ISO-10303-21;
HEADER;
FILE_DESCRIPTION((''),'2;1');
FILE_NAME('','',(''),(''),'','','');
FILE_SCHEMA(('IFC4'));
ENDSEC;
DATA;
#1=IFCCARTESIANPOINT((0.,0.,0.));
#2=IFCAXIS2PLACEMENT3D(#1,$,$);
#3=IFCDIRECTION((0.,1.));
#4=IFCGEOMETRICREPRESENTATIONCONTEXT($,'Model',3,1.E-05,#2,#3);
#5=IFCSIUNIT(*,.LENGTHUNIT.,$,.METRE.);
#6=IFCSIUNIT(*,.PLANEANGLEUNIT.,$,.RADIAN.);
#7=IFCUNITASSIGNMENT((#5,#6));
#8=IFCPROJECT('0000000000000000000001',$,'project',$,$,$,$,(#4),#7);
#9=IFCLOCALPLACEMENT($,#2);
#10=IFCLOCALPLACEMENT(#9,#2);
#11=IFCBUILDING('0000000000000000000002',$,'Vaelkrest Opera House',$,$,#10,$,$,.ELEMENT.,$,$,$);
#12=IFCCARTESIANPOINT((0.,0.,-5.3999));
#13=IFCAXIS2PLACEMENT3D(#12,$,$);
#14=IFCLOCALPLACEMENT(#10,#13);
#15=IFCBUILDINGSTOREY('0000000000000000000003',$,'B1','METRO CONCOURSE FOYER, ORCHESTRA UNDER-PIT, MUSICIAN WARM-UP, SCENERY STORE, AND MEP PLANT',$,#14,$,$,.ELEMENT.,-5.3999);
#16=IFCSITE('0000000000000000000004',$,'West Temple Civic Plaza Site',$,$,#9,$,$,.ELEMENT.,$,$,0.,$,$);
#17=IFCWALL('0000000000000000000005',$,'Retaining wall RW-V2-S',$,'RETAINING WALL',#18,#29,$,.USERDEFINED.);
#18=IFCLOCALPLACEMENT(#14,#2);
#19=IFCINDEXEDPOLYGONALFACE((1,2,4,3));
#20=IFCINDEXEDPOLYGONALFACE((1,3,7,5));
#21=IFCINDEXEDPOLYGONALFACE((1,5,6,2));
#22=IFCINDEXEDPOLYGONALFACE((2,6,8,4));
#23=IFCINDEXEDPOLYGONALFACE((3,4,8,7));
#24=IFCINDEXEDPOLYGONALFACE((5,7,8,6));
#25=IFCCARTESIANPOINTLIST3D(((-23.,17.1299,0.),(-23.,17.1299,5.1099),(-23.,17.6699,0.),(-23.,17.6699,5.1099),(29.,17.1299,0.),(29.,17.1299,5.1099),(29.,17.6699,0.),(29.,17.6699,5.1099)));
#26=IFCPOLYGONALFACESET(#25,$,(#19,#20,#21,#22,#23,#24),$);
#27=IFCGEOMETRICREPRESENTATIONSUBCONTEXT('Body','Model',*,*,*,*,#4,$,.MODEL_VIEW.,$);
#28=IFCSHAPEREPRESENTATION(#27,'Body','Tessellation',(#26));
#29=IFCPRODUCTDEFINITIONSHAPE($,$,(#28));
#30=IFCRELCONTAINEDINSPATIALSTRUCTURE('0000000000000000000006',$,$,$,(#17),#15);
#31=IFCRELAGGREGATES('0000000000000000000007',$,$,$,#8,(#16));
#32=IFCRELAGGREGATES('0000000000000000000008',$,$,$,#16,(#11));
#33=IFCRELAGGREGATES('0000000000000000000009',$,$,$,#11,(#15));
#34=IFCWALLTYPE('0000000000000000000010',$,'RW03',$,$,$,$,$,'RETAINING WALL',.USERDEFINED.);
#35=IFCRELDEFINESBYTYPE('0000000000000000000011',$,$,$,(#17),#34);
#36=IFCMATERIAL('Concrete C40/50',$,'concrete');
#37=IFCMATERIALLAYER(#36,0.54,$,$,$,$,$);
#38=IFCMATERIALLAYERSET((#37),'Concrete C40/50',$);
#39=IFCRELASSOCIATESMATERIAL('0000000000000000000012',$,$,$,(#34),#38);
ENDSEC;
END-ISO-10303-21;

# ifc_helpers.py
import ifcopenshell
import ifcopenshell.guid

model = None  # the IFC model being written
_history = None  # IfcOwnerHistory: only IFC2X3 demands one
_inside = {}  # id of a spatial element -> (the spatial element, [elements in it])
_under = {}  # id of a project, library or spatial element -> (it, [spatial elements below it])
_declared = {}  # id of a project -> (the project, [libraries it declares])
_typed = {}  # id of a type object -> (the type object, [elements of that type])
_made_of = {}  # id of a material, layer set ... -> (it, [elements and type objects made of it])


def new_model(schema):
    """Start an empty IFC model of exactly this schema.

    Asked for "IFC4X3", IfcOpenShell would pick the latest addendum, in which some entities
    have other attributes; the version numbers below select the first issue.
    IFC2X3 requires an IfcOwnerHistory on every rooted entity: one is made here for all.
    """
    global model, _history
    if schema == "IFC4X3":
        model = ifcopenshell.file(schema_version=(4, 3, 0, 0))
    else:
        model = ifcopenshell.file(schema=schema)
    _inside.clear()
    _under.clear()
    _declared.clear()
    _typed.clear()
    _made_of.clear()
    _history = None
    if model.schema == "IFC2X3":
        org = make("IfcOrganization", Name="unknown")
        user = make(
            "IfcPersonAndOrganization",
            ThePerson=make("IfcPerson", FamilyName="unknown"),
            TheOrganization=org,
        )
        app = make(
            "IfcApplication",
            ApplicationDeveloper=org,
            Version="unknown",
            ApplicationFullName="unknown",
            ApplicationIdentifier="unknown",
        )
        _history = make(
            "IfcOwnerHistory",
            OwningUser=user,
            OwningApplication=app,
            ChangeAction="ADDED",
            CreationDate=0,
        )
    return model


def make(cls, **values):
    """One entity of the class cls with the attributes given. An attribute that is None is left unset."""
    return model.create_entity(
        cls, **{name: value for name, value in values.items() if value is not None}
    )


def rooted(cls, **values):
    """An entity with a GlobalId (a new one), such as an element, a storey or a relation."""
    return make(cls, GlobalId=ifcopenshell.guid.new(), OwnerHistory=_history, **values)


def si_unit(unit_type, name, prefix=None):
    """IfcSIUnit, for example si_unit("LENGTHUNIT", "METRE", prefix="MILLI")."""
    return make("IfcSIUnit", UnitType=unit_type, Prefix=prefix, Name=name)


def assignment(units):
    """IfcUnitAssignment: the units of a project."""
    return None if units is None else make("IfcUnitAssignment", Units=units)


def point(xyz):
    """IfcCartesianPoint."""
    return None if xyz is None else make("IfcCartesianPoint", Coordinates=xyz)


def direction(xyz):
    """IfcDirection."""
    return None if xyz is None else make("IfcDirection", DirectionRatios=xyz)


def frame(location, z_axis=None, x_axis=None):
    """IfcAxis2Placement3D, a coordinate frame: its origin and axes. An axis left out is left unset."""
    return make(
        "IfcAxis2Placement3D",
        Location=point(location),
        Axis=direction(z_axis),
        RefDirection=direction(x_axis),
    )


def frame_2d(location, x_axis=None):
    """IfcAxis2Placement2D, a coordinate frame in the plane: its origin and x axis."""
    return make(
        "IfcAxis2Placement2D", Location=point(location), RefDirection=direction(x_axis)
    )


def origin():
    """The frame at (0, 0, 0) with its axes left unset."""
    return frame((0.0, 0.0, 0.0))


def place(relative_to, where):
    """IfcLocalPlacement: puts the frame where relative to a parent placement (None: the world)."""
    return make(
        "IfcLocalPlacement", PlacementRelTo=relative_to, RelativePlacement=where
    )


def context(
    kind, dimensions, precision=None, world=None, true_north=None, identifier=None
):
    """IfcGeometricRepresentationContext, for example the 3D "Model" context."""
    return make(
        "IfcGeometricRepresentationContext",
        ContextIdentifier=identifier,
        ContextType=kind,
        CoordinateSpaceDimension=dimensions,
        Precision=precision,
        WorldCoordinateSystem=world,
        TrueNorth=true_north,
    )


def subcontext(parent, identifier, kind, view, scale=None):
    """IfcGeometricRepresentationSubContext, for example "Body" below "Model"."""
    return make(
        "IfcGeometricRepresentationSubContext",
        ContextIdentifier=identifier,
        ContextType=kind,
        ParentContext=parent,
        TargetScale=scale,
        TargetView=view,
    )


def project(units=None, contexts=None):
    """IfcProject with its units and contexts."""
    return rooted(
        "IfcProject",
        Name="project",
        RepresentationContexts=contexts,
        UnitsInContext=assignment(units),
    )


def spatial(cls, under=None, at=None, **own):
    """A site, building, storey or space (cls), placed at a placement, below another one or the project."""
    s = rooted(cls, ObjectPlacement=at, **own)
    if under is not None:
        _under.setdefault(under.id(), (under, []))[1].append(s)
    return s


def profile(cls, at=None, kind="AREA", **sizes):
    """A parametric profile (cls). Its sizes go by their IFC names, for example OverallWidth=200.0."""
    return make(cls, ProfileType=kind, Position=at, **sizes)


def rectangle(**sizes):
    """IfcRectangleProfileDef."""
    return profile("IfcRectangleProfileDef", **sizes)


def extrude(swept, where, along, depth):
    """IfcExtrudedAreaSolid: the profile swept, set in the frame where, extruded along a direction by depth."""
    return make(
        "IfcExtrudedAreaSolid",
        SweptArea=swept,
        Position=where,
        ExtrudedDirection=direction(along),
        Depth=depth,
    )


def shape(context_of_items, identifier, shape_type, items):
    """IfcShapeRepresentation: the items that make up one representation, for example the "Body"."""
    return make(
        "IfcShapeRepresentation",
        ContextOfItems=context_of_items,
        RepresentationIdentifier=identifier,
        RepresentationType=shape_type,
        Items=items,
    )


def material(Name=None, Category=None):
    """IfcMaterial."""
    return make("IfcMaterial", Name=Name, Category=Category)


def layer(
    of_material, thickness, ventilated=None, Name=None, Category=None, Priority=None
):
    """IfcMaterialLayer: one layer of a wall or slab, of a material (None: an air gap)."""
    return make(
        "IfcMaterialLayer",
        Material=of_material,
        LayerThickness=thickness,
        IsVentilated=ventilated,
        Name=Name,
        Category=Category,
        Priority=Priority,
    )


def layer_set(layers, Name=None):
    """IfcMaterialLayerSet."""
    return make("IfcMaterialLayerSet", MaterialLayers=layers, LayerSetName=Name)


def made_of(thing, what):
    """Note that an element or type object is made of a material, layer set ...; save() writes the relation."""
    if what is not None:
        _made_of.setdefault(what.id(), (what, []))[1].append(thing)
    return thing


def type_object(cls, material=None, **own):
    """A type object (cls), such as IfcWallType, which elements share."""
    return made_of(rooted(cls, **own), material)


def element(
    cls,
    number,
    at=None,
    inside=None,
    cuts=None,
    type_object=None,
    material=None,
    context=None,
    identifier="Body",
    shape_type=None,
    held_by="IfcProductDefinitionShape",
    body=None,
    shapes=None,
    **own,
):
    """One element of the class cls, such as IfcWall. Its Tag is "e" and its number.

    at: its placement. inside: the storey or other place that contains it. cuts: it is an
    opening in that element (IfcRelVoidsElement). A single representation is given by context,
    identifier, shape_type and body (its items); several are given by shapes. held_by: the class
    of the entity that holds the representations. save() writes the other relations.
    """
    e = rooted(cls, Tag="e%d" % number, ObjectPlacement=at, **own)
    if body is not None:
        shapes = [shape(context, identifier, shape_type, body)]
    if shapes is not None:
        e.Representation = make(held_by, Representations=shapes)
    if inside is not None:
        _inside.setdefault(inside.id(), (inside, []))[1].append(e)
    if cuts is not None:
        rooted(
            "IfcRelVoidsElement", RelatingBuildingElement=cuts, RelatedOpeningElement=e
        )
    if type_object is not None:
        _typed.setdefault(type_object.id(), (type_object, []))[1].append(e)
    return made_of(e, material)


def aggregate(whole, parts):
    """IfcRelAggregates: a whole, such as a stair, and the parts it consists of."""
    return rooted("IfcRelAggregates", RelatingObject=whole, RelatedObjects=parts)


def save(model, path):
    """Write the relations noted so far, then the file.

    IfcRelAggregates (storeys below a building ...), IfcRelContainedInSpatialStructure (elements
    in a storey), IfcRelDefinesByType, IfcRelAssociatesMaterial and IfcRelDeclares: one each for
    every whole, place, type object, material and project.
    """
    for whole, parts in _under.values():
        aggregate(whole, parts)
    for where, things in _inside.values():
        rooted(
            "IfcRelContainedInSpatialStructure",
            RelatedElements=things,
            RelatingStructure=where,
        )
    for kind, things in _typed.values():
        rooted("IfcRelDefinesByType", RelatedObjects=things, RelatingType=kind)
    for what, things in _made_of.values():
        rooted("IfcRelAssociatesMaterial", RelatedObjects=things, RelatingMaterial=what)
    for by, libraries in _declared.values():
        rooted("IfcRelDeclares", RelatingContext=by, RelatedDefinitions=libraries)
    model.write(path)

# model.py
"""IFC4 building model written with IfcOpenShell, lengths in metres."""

from ifc_helpers import new_model, si_unit, direction, frame, frame_2d, origin, place, context, subcontext, project, spatial, rectangle, extrude, material, layer, layer_set, type_object, element, save


model = new_model("IFC4")

# Units and contexts
model_context = context("Model", 3, precision=1e-05, world=origin(), true_north=direction((0.0, 1.0)))
body_context = subcontext(model_context, "Body", "Model", "MODEL_VIEW")
ifc_project = project(units=[si_unit("LENGTHUNIT", "METRE"), si_unit("PLANEANGLEUNIT", "RADIAN")], contexts=[model_context])

# Site, building, storey
site_placement = place(None, origin())
site = spatial("IfcSite", under=ifc_project, at=site_placement, Name="West Temple Civic Plaza Site", CompositionType="ELEMENT", RefElevation=0.0)
building_placement = place(site_placement, origin())
building = spatial("IfcBuilding", under=site, at=building_placement, Name="Vaelkrest Opera House", CompositionType="ELEMENT")
storey_placement = place(building_placement, frame((0.0, 0.0, -5.3999)))
storey = spatial("IfcBuildingStorey", under=building, at=storey_placement, Name="B1", Description="METRO CONCOURSE FOYER, ORCHESTRA UNDER-PIT, MUSICIAN WARM-UP, SCENERY STORE, AND MEP PLANT", CompositionType="ELEMENT", Elevation=-5.3999)

# Shared definitions
ifc_material_1 = material(Name="Concrete C40/50", Category="concrete")

# Wall
ifc_layer = layer(ifc_material_1, 0.54)
ifc_layer_set = layer_set([ifc_layer], Name="Concrete C40/50")
wall_type = type_object("IfcWallType", Name="RW03", ElementType="RETAINING WALL", PredefinedType="USERDEFINED", material=ifc_layer_set)
wall_placement = place(storey_placement, frame((-23.0, 17.3999, 0.0), z_axis=(0.0, 0.0, 1.0), x_axis=(1.0, 0.0, 0.0)))
element("IfcWall", 1, at=wall_placement, inside=storey, type_object=wall_type, Name="Retaining wall RW-V2-S", ObjectType="RETAINING WALL", PredefinedType="USERDEFINED", context=body_context, shape_type="SweptSolid", body=[
    extrude(rectangle(XDim=52.0, YDim=0.54, at=frame_2d((26.0, 0.0))), origin(), (0.0, 0.0, 1.0), 5.1099),
])

save(model, "model.ifc")
